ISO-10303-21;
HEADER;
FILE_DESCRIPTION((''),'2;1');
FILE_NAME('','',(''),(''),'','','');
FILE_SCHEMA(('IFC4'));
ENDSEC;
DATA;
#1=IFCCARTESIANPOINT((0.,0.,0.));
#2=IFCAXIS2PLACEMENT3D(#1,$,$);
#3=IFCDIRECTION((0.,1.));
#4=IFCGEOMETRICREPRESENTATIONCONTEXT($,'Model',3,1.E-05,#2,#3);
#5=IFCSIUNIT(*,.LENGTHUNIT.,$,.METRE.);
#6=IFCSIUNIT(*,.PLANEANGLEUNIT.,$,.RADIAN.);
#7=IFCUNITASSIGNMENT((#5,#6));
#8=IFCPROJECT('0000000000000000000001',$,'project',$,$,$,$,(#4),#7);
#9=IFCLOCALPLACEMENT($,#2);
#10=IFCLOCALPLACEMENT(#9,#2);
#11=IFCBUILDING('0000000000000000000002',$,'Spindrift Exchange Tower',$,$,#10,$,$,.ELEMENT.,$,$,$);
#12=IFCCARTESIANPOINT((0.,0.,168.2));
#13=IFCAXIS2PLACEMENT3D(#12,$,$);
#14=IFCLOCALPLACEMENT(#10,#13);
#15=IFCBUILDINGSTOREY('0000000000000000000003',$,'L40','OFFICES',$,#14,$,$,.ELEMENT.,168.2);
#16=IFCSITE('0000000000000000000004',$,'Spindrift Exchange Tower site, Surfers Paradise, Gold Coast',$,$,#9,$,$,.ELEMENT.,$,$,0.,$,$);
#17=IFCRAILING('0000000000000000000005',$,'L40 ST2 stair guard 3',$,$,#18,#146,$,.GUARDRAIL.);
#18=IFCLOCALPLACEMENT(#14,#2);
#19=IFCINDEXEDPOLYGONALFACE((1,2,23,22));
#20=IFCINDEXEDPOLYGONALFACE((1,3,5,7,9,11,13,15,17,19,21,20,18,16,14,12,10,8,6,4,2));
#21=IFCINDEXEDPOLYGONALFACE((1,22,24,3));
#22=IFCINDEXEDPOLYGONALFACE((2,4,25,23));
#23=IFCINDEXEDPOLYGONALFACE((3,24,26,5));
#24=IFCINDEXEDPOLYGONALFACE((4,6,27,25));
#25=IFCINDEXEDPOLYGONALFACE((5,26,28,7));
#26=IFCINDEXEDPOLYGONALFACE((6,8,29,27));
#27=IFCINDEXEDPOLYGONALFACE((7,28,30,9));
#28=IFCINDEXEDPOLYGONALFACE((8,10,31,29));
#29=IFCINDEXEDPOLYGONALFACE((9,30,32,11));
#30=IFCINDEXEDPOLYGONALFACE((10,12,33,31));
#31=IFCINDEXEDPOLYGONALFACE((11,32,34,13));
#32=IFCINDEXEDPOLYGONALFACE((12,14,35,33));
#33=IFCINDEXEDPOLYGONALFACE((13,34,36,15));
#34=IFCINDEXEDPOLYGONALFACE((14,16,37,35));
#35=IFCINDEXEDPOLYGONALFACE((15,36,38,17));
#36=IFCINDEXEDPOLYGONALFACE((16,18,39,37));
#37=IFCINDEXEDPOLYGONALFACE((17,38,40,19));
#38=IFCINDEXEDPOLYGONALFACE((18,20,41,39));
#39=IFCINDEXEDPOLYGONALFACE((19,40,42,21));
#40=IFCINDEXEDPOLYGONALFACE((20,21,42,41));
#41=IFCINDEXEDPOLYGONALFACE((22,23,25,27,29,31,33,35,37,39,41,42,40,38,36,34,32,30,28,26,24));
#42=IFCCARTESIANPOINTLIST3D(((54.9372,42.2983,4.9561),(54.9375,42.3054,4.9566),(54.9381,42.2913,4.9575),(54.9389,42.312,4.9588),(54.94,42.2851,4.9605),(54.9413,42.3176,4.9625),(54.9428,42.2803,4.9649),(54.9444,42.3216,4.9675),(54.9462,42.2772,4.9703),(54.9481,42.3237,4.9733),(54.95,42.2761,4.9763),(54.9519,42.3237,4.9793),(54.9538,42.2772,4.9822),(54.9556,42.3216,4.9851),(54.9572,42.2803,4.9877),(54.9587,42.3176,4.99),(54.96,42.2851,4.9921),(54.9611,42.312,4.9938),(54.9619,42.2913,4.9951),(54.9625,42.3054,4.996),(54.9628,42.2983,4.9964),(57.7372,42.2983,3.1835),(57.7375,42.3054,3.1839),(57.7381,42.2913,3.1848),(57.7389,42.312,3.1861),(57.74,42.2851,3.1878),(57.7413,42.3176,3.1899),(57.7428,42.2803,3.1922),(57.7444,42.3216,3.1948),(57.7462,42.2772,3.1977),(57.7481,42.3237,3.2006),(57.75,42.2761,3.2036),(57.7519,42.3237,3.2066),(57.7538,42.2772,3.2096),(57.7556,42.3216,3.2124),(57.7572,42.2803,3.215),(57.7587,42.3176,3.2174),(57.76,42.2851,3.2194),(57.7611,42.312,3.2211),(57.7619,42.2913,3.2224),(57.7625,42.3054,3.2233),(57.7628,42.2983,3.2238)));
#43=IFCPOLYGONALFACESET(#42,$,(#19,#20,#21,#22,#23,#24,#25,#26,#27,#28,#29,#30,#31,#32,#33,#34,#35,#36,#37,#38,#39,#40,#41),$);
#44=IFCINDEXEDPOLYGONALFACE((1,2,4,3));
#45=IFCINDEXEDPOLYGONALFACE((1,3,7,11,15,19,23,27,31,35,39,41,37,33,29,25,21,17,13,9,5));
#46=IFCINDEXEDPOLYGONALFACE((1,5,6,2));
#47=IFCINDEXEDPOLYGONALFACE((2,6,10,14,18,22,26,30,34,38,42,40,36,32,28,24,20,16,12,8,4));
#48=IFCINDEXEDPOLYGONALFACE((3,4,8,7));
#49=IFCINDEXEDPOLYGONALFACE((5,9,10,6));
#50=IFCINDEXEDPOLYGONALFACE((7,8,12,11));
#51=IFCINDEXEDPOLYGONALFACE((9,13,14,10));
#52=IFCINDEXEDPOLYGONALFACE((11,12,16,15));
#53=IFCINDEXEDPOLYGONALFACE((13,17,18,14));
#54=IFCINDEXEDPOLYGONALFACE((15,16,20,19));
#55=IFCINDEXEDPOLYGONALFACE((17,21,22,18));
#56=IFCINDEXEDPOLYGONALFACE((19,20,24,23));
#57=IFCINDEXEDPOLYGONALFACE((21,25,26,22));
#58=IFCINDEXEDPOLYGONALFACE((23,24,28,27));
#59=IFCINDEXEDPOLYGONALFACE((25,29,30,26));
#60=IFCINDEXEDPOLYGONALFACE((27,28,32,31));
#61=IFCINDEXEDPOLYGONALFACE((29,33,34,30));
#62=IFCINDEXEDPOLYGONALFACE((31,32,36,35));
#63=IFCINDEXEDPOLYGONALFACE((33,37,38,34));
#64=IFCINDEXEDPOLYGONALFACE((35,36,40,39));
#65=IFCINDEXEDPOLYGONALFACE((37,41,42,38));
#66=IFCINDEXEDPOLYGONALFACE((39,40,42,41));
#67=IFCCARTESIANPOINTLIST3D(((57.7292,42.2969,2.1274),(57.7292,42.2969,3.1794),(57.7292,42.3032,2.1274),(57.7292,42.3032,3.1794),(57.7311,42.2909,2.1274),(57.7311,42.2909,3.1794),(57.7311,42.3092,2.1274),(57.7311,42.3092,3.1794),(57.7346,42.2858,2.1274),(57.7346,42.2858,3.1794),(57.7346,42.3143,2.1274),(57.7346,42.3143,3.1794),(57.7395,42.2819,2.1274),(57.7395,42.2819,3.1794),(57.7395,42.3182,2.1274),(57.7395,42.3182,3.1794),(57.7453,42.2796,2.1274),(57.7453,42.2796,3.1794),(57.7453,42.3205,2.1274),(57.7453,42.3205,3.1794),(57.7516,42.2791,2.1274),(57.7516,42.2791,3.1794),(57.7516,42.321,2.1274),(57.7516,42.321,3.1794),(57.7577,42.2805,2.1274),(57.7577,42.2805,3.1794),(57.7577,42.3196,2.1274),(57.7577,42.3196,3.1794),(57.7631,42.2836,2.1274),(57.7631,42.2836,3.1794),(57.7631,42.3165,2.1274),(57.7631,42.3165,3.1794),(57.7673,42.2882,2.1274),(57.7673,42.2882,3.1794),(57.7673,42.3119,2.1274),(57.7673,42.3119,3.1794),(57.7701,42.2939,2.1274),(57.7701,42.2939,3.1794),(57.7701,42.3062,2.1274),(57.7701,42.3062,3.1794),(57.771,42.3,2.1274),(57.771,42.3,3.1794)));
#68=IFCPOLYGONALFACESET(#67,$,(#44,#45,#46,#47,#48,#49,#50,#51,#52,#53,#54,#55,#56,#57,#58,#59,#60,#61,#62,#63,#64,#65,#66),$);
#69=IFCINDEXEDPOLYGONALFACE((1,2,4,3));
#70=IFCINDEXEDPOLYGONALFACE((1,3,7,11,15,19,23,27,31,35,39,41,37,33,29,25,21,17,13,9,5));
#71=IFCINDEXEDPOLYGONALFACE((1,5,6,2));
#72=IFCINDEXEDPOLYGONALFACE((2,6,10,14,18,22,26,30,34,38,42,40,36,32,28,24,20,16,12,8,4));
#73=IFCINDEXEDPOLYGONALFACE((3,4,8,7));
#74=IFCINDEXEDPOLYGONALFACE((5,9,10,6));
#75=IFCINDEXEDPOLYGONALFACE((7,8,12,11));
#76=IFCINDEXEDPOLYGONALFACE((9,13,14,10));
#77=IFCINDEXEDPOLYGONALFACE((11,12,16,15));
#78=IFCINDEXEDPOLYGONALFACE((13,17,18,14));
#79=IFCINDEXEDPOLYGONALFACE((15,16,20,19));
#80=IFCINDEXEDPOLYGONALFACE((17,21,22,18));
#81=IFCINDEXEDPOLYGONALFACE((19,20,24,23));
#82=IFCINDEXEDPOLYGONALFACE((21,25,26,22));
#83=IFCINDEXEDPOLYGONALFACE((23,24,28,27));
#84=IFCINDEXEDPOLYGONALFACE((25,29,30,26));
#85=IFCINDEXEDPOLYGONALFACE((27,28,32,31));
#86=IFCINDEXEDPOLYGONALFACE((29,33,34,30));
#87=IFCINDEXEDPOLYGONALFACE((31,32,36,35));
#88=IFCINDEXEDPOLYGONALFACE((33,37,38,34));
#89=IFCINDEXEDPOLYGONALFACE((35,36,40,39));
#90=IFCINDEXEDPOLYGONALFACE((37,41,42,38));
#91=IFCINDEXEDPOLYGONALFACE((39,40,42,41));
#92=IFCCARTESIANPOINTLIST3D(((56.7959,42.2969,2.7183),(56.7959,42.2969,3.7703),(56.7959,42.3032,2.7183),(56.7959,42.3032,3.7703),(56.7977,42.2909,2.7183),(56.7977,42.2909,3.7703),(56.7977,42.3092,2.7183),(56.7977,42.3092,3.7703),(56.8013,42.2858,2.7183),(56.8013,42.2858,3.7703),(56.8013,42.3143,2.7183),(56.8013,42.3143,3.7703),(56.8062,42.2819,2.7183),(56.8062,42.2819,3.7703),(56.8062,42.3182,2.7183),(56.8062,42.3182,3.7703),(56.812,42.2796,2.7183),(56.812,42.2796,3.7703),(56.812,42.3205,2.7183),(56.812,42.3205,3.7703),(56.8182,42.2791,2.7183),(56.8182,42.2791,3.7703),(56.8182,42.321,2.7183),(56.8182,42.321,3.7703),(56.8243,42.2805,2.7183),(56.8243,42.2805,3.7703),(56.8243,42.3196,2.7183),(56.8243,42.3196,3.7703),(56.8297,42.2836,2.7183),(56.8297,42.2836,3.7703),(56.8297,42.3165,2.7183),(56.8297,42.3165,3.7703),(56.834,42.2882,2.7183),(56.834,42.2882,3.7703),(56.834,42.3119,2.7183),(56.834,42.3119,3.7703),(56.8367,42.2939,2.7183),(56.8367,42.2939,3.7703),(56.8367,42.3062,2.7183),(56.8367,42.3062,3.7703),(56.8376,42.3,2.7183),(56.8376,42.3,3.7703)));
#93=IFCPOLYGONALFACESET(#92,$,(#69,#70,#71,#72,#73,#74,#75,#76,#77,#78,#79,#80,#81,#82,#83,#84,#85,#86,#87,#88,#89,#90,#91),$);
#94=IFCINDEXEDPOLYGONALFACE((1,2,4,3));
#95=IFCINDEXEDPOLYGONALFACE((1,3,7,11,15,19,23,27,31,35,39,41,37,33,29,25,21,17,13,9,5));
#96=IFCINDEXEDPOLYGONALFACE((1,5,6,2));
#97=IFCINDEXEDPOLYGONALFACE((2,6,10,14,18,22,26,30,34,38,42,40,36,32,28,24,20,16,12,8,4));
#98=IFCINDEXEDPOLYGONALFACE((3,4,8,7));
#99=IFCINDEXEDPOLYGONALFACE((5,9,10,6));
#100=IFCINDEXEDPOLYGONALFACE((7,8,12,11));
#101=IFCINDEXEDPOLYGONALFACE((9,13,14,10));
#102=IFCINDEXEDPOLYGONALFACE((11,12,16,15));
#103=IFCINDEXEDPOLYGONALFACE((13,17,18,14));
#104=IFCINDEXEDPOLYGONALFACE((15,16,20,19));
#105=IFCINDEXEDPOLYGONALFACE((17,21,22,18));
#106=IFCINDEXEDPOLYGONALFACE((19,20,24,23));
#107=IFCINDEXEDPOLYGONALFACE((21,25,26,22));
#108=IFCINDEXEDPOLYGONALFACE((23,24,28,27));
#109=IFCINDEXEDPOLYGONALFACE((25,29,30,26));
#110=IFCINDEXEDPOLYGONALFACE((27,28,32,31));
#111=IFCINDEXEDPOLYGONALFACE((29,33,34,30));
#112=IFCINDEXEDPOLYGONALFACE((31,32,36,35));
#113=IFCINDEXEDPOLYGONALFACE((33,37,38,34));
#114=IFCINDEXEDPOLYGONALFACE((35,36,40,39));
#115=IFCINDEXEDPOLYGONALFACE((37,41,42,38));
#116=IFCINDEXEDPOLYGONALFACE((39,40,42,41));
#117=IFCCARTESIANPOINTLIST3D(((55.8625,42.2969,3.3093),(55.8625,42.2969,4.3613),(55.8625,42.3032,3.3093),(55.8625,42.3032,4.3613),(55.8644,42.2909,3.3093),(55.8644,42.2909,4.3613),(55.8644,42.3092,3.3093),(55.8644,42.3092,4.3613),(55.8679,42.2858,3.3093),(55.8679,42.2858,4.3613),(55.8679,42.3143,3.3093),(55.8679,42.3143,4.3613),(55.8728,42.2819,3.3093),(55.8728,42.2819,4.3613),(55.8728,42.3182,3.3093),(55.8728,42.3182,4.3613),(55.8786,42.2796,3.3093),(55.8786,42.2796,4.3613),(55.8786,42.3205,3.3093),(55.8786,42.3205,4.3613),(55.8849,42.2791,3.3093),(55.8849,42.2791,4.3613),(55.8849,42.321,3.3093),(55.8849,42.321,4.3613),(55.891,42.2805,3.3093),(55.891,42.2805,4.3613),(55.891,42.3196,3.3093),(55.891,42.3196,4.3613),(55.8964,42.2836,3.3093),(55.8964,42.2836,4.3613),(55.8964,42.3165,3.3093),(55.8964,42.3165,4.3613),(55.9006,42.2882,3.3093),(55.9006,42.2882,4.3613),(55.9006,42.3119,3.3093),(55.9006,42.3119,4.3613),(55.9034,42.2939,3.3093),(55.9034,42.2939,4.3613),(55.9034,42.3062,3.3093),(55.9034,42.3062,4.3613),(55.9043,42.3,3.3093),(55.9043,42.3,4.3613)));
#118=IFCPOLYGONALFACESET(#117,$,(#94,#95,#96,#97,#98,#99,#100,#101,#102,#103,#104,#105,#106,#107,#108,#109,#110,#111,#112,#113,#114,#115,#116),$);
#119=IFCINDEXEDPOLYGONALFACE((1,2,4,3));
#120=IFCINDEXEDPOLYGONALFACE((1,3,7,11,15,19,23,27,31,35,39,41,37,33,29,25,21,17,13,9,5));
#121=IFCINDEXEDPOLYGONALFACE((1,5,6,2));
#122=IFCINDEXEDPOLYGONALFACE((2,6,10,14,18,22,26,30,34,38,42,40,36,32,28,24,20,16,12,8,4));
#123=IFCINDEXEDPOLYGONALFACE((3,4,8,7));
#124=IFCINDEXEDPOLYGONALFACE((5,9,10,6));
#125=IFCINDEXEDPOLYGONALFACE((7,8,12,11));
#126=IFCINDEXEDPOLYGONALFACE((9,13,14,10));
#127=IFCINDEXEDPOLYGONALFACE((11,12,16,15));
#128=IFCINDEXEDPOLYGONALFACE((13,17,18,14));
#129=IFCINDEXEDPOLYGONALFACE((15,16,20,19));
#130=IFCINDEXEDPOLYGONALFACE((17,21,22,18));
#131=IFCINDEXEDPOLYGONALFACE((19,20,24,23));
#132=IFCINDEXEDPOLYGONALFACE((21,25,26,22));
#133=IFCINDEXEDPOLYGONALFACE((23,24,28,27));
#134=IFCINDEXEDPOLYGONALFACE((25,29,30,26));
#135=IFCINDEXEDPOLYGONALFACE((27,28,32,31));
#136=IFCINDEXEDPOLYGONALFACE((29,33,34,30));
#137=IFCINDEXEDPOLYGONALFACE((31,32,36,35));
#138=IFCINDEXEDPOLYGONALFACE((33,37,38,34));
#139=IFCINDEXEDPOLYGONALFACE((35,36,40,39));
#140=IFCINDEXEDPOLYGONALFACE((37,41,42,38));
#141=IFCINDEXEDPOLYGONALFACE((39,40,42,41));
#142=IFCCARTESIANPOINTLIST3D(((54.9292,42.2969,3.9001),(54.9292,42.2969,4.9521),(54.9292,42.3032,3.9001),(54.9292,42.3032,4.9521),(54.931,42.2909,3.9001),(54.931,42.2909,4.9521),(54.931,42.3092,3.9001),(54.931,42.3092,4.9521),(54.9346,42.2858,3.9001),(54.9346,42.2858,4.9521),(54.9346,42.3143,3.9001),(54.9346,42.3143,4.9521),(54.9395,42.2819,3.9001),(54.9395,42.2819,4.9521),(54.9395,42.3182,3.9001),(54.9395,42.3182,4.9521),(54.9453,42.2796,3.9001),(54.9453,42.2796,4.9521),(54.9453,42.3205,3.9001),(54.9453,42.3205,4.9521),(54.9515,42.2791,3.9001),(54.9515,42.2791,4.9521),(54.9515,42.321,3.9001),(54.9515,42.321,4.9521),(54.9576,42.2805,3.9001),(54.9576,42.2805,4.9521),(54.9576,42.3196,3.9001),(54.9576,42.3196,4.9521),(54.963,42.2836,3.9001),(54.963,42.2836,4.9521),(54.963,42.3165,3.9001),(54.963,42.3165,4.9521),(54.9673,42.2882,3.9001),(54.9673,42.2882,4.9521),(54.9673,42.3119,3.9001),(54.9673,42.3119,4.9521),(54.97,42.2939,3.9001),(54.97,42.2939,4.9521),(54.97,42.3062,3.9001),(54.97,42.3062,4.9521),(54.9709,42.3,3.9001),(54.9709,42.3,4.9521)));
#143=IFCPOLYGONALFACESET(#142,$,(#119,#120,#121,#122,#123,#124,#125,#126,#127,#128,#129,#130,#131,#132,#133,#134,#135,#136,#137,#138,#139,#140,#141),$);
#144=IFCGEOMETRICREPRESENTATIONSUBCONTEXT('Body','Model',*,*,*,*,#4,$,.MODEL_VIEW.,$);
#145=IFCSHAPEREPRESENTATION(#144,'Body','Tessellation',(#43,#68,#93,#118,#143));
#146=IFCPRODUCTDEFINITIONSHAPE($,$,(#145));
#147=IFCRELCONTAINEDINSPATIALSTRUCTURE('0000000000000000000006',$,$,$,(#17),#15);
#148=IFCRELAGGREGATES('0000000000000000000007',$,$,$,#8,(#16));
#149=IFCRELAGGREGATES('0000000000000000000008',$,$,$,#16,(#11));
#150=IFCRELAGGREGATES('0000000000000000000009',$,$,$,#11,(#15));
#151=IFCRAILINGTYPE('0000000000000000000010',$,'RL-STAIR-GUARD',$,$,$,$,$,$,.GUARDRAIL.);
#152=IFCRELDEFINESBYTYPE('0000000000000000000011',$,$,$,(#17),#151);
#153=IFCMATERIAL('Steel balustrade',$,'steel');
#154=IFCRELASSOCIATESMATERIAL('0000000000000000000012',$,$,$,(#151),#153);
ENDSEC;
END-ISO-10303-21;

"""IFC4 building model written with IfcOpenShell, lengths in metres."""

from ifc_helpers import new_model, si_unit, direction, frame, origin, origin_2d, place, context, subcontext, project, spatial, circle, extrude, material, type_object, element, save


model = new_model("IFC4")

# Units and contexts
model_context = context("Model", 3, precision=1e-05, world=origin(), true_north=direction((0.0, 1.0)))
body_context = subcontext(model_context, "Body", "Model", "MODEL_VIEW")
ifc_project = project(units=[si_unit("LENGTHUNIT", "METRE"), si_unit("PLANEANGLEUNIT", "RADIAN")], contexts=[model_context])

# Site, building, storey
site_placement = place(None, origin())
site = spatial("IfcSite", under=ifc_project, at=site_placement, Name="Spindrift Exchange Tower site, Surfers Paradise, Gold Coast", CompositionType="ELEMENT", RefElevation=0.0)
building_placement = place(site_placement, origin())
building = spatial("IfcBuilding", under=site, at=building_placement, Name="Spindrift Exchange Tower", CompositionType="ELEMENT")
storey_placement = place(building_placement, frame((0.0, 0.0, 168.2)))
storey = spatial("IfcBuildingStorey", under=building, at=storey_placement, Name="L40", Description="OFFICES", CompositionType="ELEMENT", Elevation=168.2)

# Railing
ifc_material_1 = material(Name="Steel balustrade", Category="steel")
railing_type_1 = type_object("IfcRailingType", Name="RL-STAIR-GUARD", PredefinedType="GUARDRAIL", material=ifc_material_1)
railing_1_placement = place(storey_placement, frame((57.75, 42.3, 2.1274)))
element("IfcRailing", 1, at=railing_1_placement, inside=storey, type_object=railing_type_1, Name="L40 ST2 stair guard 3", PredefinedType="GUARDRAIL", context=body_context, shape_type="SweptSolid", body=[
    extrude(circle(Radius=0.0239, at=origin_2d()), frame((0.0, 0.0, 1.0762), z_axis=(-0.844909, 0.0, 0.53491), x_axis=(0.0, -1.0, 0.0)), (0.0, 0.0, 1.0), 3.314),
    extrude(circle(Radius=0.021, at=origin_2d()), origin(), (0.0, 0.0, 1.0), 1.052),
    extrude(circle(Radius=0.021, at=origin_2d()), frame((-0.9333, 0.0, 0.5908)), (0.0, 0.0, 1.0), 1.052),
    extrude(circle(Radius=0.021, at=origin_2d()), frame((-1.8667, 0.0, 1.1819)), (0.0, 0.0, 1.0), 1.052),
    extrude(circle(Radius=0.021, at=origin_2d()), frame((-2.8, 0.0, 1.7727)), (0.0, 0.0, 1.0), 1.052),
])

save(model, "model.ifc")
